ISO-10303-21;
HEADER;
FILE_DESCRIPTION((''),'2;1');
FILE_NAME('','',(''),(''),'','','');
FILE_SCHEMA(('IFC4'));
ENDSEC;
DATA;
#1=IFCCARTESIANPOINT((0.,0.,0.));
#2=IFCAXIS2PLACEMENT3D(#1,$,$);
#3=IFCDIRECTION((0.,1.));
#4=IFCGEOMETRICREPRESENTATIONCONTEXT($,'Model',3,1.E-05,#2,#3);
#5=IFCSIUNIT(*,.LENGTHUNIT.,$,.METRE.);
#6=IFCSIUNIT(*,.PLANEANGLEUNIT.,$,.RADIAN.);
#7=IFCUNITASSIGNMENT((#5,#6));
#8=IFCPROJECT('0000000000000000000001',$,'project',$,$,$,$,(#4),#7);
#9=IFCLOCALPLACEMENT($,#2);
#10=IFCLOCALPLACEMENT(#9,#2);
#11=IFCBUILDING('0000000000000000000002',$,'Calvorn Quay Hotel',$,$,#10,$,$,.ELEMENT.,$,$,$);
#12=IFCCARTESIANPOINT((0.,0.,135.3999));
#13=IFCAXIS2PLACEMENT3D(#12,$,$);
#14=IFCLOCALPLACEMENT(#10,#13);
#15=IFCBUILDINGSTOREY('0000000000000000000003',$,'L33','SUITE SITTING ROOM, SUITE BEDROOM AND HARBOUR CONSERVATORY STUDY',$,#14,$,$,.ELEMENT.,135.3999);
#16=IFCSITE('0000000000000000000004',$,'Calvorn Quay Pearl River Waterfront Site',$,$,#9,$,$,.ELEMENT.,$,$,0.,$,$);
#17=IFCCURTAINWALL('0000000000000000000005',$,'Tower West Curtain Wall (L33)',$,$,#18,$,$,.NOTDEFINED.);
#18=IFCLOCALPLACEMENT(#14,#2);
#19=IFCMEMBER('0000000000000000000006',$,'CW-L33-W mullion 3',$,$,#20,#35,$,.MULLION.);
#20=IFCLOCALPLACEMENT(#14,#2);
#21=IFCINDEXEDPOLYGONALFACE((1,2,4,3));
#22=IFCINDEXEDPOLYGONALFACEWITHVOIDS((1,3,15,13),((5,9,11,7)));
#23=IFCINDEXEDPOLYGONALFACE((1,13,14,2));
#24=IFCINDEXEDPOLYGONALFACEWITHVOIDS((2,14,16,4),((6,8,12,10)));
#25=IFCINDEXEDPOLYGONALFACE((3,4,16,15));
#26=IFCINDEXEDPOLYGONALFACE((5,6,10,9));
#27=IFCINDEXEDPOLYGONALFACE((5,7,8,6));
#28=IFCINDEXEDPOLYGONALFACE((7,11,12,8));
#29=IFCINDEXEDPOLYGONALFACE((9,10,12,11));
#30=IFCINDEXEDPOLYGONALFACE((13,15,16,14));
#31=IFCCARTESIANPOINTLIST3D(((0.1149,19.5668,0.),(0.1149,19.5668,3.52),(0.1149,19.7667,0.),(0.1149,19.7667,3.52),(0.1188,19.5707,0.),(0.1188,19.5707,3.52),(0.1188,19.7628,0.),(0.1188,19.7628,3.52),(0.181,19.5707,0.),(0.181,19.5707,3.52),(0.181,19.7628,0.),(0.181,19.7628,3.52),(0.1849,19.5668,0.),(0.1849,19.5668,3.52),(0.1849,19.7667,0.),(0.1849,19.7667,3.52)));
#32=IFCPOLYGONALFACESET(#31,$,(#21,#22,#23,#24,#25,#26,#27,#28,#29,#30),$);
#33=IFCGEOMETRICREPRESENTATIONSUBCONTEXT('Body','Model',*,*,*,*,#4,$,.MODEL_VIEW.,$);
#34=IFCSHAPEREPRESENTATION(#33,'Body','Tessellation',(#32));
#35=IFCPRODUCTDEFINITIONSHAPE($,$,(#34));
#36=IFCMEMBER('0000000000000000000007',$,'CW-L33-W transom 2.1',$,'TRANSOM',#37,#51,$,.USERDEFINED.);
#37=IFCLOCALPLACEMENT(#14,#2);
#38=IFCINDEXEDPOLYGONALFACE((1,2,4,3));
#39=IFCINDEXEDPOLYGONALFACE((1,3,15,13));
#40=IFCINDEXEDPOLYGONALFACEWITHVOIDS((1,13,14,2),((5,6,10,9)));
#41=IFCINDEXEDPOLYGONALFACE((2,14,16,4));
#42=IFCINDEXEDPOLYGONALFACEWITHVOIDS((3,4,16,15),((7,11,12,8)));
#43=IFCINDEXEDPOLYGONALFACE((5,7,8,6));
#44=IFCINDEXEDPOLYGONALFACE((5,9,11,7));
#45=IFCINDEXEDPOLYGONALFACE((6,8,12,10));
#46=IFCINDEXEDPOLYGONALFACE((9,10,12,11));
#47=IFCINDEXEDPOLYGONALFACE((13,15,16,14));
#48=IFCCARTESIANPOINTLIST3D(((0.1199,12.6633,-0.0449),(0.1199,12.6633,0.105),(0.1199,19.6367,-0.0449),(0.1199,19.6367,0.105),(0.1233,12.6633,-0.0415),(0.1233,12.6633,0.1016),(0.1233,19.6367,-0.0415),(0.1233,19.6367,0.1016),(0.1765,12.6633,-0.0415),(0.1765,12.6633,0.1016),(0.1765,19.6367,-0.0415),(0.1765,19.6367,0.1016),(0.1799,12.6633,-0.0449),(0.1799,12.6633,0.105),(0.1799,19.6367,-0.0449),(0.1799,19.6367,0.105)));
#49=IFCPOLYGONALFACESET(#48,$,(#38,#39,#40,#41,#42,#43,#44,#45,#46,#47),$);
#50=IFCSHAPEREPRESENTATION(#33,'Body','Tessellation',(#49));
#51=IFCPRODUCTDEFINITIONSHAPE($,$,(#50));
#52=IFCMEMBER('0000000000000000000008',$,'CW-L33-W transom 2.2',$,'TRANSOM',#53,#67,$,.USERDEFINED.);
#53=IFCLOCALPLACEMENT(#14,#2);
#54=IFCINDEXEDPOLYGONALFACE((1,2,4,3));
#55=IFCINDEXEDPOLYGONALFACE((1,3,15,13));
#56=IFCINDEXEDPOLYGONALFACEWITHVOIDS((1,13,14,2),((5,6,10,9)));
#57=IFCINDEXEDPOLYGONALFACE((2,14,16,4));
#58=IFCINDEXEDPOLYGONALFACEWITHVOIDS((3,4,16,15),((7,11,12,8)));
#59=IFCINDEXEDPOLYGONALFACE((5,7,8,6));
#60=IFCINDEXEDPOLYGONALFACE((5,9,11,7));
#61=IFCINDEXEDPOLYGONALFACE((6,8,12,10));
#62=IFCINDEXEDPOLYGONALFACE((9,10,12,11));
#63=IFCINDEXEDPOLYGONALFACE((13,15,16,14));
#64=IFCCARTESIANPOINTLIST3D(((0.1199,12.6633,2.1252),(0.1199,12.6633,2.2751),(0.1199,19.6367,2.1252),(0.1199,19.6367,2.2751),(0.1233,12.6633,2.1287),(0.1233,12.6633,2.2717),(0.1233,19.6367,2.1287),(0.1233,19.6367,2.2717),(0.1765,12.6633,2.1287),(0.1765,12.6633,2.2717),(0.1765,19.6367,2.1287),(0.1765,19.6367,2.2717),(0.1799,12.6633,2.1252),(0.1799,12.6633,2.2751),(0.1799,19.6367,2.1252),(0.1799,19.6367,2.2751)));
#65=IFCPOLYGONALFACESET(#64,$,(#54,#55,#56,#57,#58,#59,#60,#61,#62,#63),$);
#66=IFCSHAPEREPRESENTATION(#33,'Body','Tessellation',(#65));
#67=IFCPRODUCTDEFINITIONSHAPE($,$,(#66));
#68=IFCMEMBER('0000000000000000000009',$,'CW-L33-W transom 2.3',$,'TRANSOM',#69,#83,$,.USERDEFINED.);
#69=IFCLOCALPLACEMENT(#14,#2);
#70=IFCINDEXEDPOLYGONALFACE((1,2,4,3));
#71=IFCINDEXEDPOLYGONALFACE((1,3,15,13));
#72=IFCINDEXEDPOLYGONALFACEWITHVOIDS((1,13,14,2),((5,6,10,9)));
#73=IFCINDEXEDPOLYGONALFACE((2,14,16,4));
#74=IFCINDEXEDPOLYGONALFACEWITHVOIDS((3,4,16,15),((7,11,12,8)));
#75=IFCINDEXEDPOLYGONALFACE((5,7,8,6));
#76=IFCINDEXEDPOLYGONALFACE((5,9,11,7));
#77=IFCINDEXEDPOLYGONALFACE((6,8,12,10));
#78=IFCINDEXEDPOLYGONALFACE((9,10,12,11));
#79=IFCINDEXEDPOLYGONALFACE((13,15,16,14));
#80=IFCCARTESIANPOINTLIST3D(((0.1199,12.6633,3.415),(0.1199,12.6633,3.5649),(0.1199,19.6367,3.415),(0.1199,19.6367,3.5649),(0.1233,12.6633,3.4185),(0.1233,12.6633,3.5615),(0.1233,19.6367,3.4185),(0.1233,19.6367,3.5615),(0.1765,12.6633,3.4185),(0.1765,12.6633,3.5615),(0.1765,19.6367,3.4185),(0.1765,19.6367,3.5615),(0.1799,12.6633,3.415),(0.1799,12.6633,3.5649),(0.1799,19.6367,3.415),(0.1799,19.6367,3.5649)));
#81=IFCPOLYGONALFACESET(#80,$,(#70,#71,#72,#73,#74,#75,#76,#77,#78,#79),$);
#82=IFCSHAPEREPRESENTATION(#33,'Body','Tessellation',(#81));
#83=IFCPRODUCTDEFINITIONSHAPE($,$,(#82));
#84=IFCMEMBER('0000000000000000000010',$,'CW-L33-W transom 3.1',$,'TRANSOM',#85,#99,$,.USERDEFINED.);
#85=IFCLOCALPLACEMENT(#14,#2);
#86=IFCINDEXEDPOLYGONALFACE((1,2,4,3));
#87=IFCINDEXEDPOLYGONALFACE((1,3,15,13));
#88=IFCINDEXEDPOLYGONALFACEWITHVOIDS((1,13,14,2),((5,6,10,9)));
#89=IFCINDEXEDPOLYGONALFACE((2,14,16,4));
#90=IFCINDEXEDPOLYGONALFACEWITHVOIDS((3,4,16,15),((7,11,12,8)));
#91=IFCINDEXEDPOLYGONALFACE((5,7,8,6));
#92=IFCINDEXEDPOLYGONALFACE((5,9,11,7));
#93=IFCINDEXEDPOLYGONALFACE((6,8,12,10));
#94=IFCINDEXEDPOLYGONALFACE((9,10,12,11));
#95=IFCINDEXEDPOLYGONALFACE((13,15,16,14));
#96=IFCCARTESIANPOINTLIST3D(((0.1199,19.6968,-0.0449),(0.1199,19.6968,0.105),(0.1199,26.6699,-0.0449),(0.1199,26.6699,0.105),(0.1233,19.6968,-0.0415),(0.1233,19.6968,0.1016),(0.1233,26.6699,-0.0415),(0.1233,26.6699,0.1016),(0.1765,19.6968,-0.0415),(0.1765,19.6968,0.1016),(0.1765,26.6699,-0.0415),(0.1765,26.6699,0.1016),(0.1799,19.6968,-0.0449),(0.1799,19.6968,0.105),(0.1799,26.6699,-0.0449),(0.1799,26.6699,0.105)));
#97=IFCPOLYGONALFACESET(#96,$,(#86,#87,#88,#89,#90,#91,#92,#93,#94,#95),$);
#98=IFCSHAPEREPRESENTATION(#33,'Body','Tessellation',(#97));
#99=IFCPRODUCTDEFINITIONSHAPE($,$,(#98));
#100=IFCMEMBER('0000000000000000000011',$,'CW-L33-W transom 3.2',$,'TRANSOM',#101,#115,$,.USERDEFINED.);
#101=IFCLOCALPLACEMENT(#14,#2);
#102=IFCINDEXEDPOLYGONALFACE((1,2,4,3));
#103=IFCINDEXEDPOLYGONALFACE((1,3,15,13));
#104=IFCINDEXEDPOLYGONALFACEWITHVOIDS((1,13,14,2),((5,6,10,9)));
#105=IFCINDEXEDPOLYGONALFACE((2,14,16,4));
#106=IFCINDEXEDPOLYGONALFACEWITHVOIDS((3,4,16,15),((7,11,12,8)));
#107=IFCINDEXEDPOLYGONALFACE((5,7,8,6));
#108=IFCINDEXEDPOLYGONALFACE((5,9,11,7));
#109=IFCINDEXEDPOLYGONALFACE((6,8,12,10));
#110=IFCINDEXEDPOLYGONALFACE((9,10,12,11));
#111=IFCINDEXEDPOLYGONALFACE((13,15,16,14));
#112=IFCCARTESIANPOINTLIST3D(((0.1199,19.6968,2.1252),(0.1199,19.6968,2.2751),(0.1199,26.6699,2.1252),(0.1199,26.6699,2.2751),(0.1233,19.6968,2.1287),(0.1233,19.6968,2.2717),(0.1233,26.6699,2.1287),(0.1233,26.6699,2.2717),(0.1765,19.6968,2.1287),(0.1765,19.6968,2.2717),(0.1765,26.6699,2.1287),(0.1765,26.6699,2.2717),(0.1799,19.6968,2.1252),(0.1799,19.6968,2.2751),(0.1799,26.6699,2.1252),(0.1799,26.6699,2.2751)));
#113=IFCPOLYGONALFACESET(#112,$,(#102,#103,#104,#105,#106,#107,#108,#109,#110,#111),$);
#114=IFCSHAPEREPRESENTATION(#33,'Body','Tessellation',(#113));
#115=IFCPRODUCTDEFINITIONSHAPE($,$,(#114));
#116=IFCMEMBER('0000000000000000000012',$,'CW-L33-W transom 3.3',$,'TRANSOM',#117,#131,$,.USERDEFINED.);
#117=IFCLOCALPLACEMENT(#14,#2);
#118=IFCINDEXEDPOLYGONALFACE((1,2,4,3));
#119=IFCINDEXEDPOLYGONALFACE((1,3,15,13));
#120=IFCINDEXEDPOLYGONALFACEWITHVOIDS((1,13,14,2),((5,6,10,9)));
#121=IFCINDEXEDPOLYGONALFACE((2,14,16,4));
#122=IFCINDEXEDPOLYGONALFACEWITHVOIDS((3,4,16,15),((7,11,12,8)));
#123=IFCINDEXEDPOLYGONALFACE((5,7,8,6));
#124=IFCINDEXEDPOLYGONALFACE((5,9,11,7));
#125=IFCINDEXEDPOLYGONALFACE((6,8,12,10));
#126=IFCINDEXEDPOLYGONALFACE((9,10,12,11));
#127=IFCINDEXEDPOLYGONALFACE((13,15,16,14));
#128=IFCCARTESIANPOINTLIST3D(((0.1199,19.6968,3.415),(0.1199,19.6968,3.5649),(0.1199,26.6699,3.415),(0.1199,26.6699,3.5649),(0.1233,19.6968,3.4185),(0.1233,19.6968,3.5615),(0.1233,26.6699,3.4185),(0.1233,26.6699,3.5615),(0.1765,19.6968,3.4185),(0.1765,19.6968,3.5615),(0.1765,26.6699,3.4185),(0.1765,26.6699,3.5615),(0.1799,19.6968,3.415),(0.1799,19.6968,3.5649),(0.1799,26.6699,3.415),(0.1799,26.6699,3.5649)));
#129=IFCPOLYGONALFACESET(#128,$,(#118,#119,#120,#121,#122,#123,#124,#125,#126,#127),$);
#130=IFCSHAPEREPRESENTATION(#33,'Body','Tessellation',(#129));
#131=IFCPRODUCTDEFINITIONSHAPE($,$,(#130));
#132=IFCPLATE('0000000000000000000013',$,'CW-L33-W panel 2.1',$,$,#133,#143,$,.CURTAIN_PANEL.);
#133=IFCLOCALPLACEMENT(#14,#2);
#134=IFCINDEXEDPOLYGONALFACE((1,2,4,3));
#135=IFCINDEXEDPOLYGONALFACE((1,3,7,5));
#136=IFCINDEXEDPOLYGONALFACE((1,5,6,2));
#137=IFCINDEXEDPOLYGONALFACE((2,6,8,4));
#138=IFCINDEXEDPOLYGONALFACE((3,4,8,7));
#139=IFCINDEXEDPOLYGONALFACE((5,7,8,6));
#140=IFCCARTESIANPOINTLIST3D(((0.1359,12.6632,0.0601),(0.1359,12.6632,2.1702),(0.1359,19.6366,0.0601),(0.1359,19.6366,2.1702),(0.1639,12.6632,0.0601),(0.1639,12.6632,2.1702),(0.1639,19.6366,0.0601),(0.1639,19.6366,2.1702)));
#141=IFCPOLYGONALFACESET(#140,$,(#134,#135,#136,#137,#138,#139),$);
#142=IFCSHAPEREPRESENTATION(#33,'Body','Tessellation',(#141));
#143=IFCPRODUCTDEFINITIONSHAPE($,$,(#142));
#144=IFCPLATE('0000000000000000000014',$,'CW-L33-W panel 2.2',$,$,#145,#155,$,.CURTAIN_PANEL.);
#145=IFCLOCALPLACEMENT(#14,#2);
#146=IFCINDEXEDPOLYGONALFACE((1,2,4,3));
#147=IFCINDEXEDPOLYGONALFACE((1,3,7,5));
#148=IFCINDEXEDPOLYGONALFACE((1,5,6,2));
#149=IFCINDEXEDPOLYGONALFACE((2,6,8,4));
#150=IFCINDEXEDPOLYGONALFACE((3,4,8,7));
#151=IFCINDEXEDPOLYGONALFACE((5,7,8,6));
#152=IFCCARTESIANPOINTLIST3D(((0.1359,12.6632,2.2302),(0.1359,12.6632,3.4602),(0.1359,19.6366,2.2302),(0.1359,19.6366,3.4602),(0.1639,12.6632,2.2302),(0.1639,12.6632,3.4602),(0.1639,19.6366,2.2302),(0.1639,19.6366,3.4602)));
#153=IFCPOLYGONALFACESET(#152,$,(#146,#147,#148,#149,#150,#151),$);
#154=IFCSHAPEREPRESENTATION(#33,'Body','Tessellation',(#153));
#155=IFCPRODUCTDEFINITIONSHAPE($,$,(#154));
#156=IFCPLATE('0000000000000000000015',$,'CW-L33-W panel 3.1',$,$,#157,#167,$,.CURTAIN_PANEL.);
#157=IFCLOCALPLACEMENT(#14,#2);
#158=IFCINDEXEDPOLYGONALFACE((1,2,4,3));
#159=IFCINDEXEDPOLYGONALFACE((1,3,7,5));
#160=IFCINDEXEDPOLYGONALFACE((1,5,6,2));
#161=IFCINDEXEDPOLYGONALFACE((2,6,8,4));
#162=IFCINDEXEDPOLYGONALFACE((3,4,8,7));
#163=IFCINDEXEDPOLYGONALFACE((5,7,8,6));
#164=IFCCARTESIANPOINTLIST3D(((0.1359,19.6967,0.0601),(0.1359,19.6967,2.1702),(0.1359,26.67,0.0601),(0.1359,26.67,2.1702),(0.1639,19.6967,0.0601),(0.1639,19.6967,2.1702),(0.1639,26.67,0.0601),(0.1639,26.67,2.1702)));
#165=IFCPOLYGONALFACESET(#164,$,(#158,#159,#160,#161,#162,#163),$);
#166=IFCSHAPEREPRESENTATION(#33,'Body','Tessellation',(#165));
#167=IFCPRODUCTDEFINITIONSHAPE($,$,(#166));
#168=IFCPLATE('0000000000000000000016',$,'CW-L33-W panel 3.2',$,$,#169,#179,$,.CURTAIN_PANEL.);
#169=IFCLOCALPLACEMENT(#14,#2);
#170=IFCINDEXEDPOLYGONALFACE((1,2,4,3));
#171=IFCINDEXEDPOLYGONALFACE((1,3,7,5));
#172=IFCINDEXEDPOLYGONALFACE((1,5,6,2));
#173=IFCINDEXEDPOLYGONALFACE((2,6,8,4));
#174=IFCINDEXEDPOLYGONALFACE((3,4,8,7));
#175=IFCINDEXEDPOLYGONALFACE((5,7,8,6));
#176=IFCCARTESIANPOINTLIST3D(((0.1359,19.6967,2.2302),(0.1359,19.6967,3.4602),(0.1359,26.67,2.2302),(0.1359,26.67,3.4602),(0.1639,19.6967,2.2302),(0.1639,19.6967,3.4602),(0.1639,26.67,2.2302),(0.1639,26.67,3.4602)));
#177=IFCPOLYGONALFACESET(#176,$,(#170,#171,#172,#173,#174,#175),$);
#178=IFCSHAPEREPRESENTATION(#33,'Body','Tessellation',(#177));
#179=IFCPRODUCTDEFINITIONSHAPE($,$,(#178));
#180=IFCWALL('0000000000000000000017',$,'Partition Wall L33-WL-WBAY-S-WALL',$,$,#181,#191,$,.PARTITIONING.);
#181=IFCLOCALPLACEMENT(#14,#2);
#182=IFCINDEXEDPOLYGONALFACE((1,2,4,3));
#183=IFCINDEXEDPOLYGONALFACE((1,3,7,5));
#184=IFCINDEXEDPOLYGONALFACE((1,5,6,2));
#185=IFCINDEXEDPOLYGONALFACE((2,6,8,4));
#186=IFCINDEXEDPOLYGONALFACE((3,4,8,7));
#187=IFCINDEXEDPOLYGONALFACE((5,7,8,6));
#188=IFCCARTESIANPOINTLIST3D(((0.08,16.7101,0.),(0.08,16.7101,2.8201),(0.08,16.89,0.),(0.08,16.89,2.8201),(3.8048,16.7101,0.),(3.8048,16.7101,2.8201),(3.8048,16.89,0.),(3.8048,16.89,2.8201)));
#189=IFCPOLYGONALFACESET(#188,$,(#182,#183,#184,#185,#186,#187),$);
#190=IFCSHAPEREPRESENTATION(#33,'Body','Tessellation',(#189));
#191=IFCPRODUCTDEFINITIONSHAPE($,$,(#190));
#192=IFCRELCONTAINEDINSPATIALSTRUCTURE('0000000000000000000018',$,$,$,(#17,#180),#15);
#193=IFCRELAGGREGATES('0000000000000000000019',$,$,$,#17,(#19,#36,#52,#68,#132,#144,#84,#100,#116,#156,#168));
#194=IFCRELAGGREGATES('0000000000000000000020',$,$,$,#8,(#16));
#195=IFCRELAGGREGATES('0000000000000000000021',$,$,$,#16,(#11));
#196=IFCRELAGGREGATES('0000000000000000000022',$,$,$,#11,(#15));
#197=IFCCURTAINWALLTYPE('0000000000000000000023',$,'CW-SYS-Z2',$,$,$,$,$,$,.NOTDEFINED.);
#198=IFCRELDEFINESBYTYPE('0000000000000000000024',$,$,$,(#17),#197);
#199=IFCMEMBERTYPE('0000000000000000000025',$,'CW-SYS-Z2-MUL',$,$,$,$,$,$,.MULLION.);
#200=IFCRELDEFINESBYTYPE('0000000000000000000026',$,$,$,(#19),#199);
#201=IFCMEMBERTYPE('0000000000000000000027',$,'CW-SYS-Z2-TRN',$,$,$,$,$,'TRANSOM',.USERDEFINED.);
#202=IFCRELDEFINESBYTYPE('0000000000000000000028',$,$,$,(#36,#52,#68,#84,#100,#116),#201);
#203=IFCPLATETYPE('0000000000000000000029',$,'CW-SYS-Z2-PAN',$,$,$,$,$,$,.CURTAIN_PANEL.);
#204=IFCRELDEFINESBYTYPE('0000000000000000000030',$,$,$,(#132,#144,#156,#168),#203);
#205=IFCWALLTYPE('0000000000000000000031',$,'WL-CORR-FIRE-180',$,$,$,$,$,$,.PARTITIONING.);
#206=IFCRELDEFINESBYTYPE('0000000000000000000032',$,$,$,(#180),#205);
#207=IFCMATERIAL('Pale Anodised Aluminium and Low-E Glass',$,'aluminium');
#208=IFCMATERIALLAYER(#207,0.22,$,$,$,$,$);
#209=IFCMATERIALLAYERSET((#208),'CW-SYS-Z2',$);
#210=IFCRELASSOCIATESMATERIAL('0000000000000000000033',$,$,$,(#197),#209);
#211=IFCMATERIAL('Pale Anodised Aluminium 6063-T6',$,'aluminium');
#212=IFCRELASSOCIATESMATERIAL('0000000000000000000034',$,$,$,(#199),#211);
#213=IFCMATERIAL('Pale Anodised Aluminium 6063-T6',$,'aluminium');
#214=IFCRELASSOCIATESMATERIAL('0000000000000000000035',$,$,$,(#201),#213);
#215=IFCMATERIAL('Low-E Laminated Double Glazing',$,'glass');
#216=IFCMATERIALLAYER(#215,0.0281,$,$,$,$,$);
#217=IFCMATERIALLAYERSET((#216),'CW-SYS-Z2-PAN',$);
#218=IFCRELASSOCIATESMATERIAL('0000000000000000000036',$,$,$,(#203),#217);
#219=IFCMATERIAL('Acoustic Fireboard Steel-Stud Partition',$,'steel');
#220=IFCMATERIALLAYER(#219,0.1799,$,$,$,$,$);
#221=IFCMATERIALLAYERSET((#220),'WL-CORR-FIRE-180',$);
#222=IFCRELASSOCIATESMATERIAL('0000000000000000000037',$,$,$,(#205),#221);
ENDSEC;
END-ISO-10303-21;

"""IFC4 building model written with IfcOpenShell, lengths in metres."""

from ifc_helpers import new_model, si_unit, direction, frame, frame_2d, origin, origin_2d, place, context, subcontext, project, spatial, rectangle, hollow_rectangle, extrude, material, layer, layer_set, material_profile, profile_set, type_object, element, aggregate, save


model = new_model("IFC4")

# Units and contexts
model_context = context("Model", 3, precision=1e-05, world=origin(), true_north=direction((0.0, 1.0)))
body_context = subcontext(model_context, "Body", "Model", "MODEL_VIEW")
ifc_project = project(units=[si_unit("LENGTHUNIT", "METRE"), si_unit("PLANEANGLEUNIT", "RADIAN")], contexts=[model_context])

# Site, building, storey
site_placement = place(None, origin())
site = spatial("IfcSite", under=ifc_project, at=site_placement, Name="Calvorn Quay Pearl River Waterfront Site", CompositionType="ELEMENT", RefElevation=0.0)
building_placement = place(site_placement, origin())
building = spatial("IfcBuilding", under=site, at=building_placement, Name="Calvorn Quay Hotel", CompositionType="ELEMENT")
storey_placement = place(building_placement, frame((0.0, 0.0, 135.3999)))
storey = spatial("IfcBuildingStorey", under=building, at=storey_placement, Name="L33", Description="SUITE SITTING ROOM, SUITE BEDROOM AND HARBOUR CONSERVATORY STUDY", CompositionType="ELEMENT", Elevation=135.3999)

# Curtain wall, members, plates
ifc_material_1 = material(Name="Pale Anodised Aluminium and Low-E Glass", Category="aluminium")
ifc_layer_1 = layer(ifc_material_1, 0.22)
ifc_layer_set_1 = layer_set([ifc_layer_1], Name="CW-SYS-Z2")
curtain_wall_type = type_object("IfcCurtainWallType", Name="CW-SYS-Z2", PredefinedType="NOTDEFINED", material=ifc_layer_set_1)
curtain_wall_placement = place(storey_placement, origin())
curtain_wall = element("IfcCurtainWall", 1, at=curtain_wall_placement, inside=storey, type_object=curtain_wall_type, Name="Tower West Curtain Wall (L33)", PredefinedType="NOTDEFINED")
ifc_material_2 = material(Name="Pale Anodised Aluminium 6063-T6", Category="aluminium")
ifc_material_profile_1 = material_profile(ifc_material_2, hollow_rectangle(XDim=0.0701, YDim=0.2, WallThickness=0.0039, at=origin_2d()), Name="ALU-M200x70x4")
ifc_profile_set_1 = profile_set([ifc_material_profile_1], Name="Pale Anodised Aluminium 6063-T6")
member_type_1 = type_object("IfcMemberType", Name="CW-SYS-Z2-MUL", PredefinedType="MULLION", material=ifc_profile_set_1)
member_1_placement = place(storey_placement, frame((0.1499, 19.6667, 0.0), z_axis=(0.0, 0.0, 1.0), x_axis=(-1.0, 0.0, 0.0)))
member_1 = element("IfcMember", 2, at=member_1_placement, type_object=member_type_1, Name="CW-L33-W mullion 3", PredefinedType="MULLION", context=body_context, shape_type="SweptSolid", body=[
    extrude(hollow_rectangle(XDim=0.0701, YDim=0.2, WallThickness=0.0039, at=origin_2d()), origin(), (0.0, 0.0, 1.0), 3.52),
])
ifc_material_3 = material(Name="Pale Anodised Aluminium 6063-T6", Category="aluminium")
ifc_material_profile_2 = material_profile(ifc_material_3, hollow_rectangle(XDim=0.0601, YDim=0.1499, WallThickness=0.0034, at=origin_2d()), Name="ALU-T150x60x3.5")
ifc_profile_set_2 = profile_set([ifc_material_profile_2], Name="Pale Anodised Aluminium 6063-T6")
member_type_2 = type_object("IfcMemberType", Name="CW-SYS-Z2-TRN", ElementType="TRANSOM", PredefinedType="USERDEFINED", material=ifc_profile_set_2)
member_2_placement = place(storey_placement, frame((0.1499, 12.6633, 0.03), z_axis=(0.0, 1.0, 0.0), x_axis=(-1.0, 0.0, 0.0)))
member_2 = element("IfcMember", 3, at=member_2_placement, type_object=member_type_2, Name="CW-L33-W transom 2.1", ObjectType="TRANSOM", PredefinedType="USERDEFINED", context=body_context, shape_type="SweptSolid", body=[
    extrude(hollow_rectangle(XDim=0.0601, YDim=0.1499, WallThickness=0.0034, at=origin_2d()), origin(), (0.0, 0.0, 1.0), 6.9734),
])
member_3_placement = place(storey_placement, frame((0.1499, 12.6633, 2.2002), z_axis=(0.0, 1.0, 0.0), x_axis=(-1.0, 0.0, 0.0)))
member_3 = element("IfcMember", 4, at=member_3_placement, type_object=member_type_2, Name="CW-L33-W transom 2.2", ObjectType="TRANSOM", PredefinedType="USERDEFINED", context=body_context, shape_type="SweptSolid", body=[
    extrude(hollow_rectangle(XDim=0.0601, YDim=0.1499, WallThickness=0.0034, at=origin_2d()), origin(), (0.0, 0.0, 1.0), 6.9734),
])
member_4_placement = place(storey_placement, frame((0.1499, 12.6633, 3.49), z_axis=(0.0, 1.0, 0.0), x_axis=(-1.0, 0.0, 0.0)))
member_4 = element("IfcMember", 5, at=member_4_placement, type_object=member_type_2, Name="CW-L33-W transom 2.3", ObjectType="TRANSOM", PredefinedType="USERDEFINED", context=body_context, shape_type="SweptSolid", body=[
    extrude(hollow_rectangle(XDim=0.0601, YDim=0.1499, WallThickness=0.0034, at=origin_2d()), origin(), (0.0, 0.0, 1.0), 6.9734),
])
member_5_placement = place(storey_placement, frame((0.1499, 19.6968, 0.03), z_axis=(0.0, 1.0, 0.0), x_axis=(-1.0, 0.0, 0.0)))
member_5 = element("IfcMember", 6, at=member_5_placement, type_object=member_type_2, Name="CW-L33-W transom 3.1", ObjectType="TRANSOM", PredefinedType="USERDEFINED", context=body_context, shape_type="SweptSolid", body=[
    extrude(hollow_rectangle(XDim=0.0601, YDim=0.1499, WallThickness=0.0034, at=origin_2d()), origin(), (0.0, 0.0, 1.0), 6.9731),
])
member_6_placement = place(storey_placement, frame((0.1499, 19.6968, 2.2002), z_axis=(0.0, 1.0, 0.0), x_axis=(-1.0, 0.0, 0.0)))
member_6 = element("IfcMember", 7, at=member_6_placement, type_object=member_type_2, Name="CW-L33-W transom 3.2", ObjectType="TRANSOM", PredefinedType="USERDEFINED", context=body_context, shape_type="SweptSolid", body=[
    extrude(hollow_rectangle(XDim=0.0601, YDim=0.1499, WallThickness=0.0034, at=origin_2d()), origin(), (0.0, 0.0, 1.0), 6.9731),
])
member_7_placement = place(storey_placement, frame((0.1499, 19.6968, 3.49), z_axis=(0.0, 1.0, 0.0), x_axis=(-1.0, 0.0, 0.0)))
member_7 = element("IfcMember", 8, at=member_7_placement, type_object=member_type_2, Name="CW-L33-W transom 3.3", ObjectType="TRANSOM", PredefinedType="USERDEFINED", context=body_context, shape_type="SweptSolid", body=[
    extrude(hollow_rectangle(XDim=0.0601, YDim=0.1499, WallThickness=0.0034, at=origin_2d()), origin(), (0.0, 0.0, 1.0), 6.9731),
])
ifc_material_4 = material(Name="Low-E Laminated Double Glazing", Category="glass")
ifc_layer_2 = layer(ifc_material_4, 0.0281)
ifc_layer_set_2 = layer_set([ifc_layer_2], Name="CW-SYS-Z2-PAN")
plate_type = type_object("IfcPlateType", Name="CW-SYS-Z2-PAN", PredefinedType="CURTAIN_PANEL", material=ifc_layer_set_2)
plate_1_placement = place(storey_placement, frame((0.1499, 16.1499, 0.0601), z_axis=(0.0, 0.0, 1.0), x_axis=(0.0, 1.0, 0.0)))
plate_1 = element("IfcPlate", 9, at=plate_1_placement, type_object=plate_type, Name="CW-L33-W panel 2.1", PredefinedType="CURTAIN_PANEL", context=body_context, shape_type="SweptSolid", body=[
    extrude(rectangle(XDim=6.9734, YDim=0.0281, at=origin_2d()), origin(), (0.0, 0.0, 1.0), 2.1101),
])
plate_2_placement = place(storey_placement, frame((0.1499, 16.1499, 2.2302), z_axis=(0.0, 0.0, 1.0), x_axis=(0.0, 1.0, 0.0)))
plate_2 = element("IfcPlate", 10, at=plate_2_placement, type_object=plate_type, Name="CW-L33-W panel 2.2", PredefinedType="CURTAIN_PANEL", context=body_context, shape_type="SweptSolid", body=[
    extrude(rectangle(XDim=6.9734, YDim=0.0281, at=origin_2d()), origin(), (0.0, 0.0, 1.0), 1.23),
])
plate_3_placement = place(storey_placement, frame((0.1499, 23.1833, 0.0601), z_axis=(0.0, 0.0, 1.0), x_axis=(0.0, 1.0, 0.0)))
plate_3 = element("IfcPlate", 11, at=plate_3_placement, type_object=plate_type, Name="CW-L33-W panel 3.1", PredefinedType="CURTAIN_PANEL", context=body_context, shape_type="SweptSolid", body=[
    extrude(rectangle(XDim=6.9734, YDim=0.0281, at=origin_2d()), origin(), (0.0, 0.0, 1.0), 2.1101),
])
plate_4_placement = place(storey_placement, frame((0.1499, 23.1833, 2.2302), z_axis=(0.0, 0.0, 1.0), x_axis=(0.0, 1.0, 0.0)))
plate_4 = element("IfcPlate", 12, at=plate_4_placement, type_object=plate_type, Name="CW-L33-W panel 3.2", PredefinedType="CURTAIN_PANEL", context=body_context, shape_type="SweptSolid", body=[
    extrude(rectangle(XDim=6.9734, YDim=0.0281, at=origin_2d()), origin(), (0.0, 0.0, 1.0), 1.23),
])
aggregate(curtain_wall, [member_1, member_2, member_3, member_4, plate_1, plate_2, member_5, member_6, member_7, plate_3, plate_4])

# Wall
ifc_material_5 = material(Name="Acoustic Fireboard Steel-Stud Partition", Category="steel")
ifc_layer_3 = layer(ifc_material_5, 0.1799)
ifc_layer_set_3 = layer_set([ifc_layer_3], Name="WL-CORR-FIRE-180")
wall_type_1 = type_object("IfcWallType", Name="WL-CORR-FIRE-180", PredefinedType="PARTITIONING", material=ifc_layer_set_3)
wall_1_placement = place(storey_placement, frame((0.0801, 16.8, 0.0), z_axis=(0.0, 0.0, 1.0), x_axis=(1.0, 0.0, 0.0)))
element("IfcWall", 13, at=wall_1_placement, inside=storey, type_object=wall_type_1, Name="Partition Wall L33-WL-WBAY-S-WALL", PredefinedType="PARTITIONING", context=body_context, shape_type="SweptSolid", body=[
    extrude(rectangle(XDim=3.7249, YDim=0.1799, at=frame_2d((1.8623, 0.0))), origin(), (0.0, 0.0, 1.0), 2.8201),
])

save(model, "model.ifc")
